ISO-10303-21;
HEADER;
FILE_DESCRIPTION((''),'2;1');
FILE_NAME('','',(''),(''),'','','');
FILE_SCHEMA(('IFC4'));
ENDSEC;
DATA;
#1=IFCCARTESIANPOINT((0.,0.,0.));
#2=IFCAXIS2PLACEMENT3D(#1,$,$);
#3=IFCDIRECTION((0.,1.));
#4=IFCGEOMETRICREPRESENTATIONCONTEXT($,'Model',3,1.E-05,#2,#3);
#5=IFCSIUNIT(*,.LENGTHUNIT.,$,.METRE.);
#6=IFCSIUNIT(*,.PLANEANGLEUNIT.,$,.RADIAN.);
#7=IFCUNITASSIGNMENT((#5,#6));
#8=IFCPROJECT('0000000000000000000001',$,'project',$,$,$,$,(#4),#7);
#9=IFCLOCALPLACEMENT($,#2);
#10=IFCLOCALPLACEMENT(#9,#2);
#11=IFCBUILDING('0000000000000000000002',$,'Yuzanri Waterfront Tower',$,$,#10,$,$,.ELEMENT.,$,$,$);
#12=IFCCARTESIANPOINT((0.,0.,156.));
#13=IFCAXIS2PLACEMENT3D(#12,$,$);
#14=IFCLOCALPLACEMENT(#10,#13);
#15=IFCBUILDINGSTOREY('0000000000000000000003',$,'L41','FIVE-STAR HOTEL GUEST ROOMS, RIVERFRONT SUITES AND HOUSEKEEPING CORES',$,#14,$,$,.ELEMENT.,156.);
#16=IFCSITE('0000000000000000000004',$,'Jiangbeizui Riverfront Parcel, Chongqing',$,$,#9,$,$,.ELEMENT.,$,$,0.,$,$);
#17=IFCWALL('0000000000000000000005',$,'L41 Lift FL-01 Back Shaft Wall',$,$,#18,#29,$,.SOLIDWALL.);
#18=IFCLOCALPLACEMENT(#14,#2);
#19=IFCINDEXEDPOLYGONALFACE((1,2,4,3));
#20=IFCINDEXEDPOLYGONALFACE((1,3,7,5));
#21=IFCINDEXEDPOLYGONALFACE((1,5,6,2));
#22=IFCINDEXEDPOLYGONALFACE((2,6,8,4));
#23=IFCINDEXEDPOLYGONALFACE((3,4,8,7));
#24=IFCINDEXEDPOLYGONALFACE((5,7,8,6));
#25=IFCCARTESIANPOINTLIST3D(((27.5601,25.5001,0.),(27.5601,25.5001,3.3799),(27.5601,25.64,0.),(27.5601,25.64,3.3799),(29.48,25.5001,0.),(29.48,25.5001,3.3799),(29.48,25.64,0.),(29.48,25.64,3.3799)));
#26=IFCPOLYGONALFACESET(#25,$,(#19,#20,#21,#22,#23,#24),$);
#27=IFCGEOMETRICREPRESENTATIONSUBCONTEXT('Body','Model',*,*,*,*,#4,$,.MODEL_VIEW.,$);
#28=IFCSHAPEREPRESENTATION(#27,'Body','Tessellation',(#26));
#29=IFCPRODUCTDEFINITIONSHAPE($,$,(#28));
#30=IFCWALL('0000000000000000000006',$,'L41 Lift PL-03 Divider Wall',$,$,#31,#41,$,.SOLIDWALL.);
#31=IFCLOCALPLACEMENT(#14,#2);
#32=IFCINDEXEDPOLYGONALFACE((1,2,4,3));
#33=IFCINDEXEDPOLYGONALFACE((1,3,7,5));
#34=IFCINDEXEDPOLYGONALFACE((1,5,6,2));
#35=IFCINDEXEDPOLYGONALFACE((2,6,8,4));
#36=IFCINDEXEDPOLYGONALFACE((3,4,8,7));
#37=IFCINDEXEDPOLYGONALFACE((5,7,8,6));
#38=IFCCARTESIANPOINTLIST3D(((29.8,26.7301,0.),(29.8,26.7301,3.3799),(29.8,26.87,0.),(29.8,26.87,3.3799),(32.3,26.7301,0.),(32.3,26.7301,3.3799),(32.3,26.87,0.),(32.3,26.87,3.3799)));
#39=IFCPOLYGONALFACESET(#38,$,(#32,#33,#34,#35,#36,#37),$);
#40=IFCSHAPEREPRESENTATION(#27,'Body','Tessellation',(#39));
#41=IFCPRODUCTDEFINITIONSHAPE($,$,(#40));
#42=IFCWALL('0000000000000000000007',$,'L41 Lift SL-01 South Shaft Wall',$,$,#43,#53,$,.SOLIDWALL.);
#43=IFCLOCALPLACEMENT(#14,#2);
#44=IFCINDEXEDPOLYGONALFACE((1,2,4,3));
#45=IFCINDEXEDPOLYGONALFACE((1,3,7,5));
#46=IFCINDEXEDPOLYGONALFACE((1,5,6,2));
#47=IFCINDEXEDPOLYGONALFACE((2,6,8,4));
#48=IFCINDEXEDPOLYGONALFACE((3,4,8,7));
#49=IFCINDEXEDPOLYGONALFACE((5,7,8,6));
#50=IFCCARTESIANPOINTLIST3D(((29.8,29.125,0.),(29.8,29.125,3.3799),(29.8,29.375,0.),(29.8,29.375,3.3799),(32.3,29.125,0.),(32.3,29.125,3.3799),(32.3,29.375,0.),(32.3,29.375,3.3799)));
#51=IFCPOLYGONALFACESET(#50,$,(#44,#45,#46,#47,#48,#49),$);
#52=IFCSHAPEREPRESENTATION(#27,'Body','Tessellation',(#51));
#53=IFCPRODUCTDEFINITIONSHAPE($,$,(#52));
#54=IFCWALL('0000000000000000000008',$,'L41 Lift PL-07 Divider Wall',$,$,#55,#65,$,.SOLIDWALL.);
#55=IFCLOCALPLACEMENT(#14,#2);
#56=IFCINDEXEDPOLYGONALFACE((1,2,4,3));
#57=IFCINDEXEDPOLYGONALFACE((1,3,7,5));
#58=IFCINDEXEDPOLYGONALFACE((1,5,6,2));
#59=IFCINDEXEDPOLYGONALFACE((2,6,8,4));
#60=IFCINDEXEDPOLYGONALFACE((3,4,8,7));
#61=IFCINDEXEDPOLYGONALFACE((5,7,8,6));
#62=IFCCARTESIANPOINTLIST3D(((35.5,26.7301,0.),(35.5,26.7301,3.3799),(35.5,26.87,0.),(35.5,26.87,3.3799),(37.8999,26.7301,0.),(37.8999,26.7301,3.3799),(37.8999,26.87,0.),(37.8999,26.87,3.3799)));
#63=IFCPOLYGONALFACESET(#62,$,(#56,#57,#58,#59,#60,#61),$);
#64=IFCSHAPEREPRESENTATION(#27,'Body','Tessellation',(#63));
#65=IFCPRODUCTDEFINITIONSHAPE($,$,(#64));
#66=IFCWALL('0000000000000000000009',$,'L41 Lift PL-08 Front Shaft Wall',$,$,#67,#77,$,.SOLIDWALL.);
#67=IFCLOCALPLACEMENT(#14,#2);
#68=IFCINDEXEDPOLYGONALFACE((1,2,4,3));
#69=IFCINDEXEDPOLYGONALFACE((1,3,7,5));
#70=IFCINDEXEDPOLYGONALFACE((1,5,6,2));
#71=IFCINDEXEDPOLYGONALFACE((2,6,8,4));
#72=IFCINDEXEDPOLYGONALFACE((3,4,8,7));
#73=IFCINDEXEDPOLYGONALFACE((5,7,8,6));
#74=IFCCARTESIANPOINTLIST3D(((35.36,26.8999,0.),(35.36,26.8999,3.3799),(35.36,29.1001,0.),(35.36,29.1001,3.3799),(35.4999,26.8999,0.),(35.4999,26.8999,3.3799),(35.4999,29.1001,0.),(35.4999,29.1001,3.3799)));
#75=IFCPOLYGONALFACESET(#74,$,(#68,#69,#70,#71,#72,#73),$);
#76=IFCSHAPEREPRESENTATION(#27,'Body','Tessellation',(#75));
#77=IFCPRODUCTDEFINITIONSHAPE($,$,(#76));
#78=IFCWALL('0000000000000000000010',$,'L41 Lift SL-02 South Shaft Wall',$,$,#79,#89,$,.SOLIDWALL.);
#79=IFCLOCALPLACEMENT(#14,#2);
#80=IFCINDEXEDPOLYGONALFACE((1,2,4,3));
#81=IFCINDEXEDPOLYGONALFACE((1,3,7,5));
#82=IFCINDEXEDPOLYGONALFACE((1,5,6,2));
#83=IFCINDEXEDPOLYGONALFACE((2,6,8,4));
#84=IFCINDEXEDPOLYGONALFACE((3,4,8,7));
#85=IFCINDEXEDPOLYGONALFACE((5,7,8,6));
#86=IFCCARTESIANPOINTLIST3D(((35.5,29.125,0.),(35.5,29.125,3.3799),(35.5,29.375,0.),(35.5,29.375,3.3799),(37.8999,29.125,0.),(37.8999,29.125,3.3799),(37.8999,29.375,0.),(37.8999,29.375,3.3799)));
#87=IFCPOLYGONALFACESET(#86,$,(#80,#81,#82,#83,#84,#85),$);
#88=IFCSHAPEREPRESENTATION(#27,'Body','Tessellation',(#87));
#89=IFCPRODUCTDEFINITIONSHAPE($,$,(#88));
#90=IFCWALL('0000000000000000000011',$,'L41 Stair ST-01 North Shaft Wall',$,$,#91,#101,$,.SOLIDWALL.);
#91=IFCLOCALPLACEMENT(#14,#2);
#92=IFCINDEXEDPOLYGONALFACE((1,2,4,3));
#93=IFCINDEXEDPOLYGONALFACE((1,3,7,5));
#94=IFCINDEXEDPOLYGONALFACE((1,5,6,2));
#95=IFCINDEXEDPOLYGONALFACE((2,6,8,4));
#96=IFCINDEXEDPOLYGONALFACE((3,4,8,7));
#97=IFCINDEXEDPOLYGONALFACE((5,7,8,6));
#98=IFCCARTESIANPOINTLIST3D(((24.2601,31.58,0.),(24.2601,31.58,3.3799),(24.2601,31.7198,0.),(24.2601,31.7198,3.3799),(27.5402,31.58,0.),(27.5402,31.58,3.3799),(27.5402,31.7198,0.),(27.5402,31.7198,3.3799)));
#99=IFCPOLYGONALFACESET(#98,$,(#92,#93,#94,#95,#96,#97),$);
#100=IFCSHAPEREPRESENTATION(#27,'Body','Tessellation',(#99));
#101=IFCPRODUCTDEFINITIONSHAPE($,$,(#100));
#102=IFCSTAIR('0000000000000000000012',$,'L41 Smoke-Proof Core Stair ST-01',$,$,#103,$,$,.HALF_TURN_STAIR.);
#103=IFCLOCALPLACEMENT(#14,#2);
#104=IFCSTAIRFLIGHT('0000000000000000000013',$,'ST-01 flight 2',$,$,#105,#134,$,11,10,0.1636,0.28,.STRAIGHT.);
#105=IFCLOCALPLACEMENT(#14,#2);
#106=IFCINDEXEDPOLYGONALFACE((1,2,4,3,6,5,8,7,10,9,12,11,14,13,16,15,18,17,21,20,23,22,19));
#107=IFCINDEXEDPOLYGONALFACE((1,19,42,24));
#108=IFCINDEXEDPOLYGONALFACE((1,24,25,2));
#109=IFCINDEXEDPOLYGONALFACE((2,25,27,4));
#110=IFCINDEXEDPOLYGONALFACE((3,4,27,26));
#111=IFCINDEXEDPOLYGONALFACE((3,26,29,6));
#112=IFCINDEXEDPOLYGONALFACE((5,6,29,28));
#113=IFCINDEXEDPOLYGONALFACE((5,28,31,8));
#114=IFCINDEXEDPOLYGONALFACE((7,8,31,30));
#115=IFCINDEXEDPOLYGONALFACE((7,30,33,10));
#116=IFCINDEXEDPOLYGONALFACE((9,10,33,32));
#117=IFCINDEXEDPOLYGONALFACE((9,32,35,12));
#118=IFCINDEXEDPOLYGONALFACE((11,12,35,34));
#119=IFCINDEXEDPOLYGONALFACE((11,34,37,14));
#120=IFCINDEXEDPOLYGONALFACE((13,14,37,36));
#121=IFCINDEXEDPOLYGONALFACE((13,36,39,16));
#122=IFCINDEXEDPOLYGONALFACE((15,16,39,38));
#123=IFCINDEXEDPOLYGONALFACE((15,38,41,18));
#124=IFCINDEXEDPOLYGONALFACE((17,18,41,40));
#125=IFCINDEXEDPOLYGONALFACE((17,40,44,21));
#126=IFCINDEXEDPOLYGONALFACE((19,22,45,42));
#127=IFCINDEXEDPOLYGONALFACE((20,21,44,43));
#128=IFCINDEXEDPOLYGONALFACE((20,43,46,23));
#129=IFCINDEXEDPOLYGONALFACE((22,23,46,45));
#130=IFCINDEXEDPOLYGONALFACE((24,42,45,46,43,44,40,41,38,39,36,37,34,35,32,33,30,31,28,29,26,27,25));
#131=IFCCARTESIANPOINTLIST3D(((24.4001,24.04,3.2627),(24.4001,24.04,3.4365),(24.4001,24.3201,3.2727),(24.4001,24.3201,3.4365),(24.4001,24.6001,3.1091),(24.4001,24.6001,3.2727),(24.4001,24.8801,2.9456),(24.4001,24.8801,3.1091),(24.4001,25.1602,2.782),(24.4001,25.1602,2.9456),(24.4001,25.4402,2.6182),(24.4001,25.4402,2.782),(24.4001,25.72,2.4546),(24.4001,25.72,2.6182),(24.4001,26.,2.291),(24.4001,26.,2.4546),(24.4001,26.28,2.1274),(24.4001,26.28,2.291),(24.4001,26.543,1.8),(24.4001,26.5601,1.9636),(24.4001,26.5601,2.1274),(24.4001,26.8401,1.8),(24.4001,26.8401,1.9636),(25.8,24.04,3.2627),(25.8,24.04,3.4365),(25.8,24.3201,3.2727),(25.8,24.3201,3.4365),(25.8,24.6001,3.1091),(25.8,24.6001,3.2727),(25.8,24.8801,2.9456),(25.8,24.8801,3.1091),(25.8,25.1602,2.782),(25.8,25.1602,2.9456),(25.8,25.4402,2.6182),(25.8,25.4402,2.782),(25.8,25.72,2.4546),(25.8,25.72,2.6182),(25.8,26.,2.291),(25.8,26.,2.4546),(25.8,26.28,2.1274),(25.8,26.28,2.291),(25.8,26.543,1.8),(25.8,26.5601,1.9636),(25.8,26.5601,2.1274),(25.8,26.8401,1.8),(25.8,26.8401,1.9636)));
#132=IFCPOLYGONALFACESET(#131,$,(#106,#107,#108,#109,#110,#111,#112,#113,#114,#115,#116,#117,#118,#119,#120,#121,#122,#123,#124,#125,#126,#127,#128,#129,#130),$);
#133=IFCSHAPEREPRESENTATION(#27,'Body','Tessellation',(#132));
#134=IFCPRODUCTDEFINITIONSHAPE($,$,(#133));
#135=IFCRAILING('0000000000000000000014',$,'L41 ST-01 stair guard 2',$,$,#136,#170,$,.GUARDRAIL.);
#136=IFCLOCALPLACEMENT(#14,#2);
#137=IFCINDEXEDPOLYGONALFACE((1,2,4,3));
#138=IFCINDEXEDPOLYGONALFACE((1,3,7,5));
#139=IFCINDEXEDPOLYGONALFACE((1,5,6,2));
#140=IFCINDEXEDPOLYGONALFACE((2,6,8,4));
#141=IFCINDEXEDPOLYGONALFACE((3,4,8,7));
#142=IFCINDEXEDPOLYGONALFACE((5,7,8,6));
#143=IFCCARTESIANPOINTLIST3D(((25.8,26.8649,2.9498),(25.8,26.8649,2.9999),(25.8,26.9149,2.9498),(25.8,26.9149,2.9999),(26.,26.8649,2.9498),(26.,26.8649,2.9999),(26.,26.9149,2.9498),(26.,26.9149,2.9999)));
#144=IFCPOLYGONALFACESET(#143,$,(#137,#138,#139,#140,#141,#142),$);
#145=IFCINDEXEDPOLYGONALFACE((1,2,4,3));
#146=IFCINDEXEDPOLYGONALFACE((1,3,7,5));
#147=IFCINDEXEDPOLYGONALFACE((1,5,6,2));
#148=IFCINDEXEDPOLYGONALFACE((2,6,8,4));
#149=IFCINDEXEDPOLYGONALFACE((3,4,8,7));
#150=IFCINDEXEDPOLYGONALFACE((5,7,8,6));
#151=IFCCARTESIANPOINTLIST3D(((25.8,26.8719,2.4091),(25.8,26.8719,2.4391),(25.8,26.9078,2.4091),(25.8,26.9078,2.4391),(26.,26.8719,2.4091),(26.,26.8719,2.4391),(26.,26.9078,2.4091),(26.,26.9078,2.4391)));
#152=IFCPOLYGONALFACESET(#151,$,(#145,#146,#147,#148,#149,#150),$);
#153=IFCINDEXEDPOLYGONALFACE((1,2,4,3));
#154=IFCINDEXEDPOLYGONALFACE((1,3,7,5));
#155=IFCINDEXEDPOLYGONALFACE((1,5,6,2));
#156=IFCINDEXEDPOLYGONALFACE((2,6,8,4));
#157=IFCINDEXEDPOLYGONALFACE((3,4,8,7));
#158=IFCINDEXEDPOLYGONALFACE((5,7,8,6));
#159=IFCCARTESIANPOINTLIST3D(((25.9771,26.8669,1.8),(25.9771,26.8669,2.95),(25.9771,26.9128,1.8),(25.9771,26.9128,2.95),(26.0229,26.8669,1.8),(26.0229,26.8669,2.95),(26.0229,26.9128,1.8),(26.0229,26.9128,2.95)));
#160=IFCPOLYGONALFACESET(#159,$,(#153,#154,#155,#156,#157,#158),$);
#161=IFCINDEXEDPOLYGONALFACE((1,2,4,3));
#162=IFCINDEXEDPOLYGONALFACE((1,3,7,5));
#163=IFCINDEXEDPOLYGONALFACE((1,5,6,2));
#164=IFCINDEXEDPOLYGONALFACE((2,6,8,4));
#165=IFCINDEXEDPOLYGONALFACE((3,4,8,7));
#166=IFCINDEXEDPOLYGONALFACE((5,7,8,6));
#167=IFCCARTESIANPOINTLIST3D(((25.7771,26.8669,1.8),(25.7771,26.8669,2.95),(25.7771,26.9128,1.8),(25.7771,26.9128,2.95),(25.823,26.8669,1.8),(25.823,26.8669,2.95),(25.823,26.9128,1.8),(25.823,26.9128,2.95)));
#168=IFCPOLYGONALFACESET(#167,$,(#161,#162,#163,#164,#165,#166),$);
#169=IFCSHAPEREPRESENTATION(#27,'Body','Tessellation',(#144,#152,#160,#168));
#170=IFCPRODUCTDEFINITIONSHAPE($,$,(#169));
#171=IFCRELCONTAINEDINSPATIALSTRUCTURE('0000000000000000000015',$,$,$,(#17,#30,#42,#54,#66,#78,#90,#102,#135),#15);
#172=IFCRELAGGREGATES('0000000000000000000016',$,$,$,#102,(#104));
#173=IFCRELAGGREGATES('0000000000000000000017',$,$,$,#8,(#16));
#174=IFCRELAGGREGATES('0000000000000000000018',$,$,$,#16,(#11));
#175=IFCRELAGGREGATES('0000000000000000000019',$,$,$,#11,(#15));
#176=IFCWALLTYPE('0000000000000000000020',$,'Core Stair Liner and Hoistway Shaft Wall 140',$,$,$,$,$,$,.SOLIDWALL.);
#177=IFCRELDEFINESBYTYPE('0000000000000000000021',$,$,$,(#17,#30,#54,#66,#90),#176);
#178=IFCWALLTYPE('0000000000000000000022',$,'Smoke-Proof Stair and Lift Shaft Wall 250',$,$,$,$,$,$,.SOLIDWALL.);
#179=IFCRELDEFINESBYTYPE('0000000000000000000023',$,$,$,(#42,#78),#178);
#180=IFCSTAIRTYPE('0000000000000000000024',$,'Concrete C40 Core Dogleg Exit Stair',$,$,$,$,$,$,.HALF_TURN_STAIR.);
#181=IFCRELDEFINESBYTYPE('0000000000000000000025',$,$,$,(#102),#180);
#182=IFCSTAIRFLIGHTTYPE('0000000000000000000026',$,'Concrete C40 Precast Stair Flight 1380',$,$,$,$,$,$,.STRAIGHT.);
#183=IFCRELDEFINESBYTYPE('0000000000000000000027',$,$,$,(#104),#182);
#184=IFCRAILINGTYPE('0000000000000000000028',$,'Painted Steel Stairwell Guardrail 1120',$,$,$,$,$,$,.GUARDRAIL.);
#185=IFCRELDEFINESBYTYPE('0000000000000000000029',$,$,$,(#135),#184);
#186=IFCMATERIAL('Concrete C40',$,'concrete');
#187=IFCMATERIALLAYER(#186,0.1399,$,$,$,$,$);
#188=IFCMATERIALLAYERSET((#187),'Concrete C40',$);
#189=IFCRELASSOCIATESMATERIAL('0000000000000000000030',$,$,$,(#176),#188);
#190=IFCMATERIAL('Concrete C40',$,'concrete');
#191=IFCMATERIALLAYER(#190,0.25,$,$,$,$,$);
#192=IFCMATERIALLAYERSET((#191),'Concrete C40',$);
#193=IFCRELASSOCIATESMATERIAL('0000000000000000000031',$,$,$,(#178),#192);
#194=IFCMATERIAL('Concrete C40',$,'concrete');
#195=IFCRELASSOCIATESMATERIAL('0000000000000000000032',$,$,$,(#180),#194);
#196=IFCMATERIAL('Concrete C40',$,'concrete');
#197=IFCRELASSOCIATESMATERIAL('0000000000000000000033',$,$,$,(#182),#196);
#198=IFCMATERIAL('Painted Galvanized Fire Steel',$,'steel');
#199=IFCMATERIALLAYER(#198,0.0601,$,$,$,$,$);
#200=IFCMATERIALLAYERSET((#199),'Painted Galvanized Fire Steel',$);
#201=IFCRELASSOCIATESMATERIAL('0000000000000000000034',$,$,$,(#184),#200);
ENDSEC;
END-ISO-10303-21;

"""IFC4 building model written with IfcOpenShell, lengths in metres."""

from ifc_helpers import new_model, si_unit, direction, frame, frame_2d, origin, origin_2d, place, context, subcontext, project, spatial, polyline, rectangle, outline, extrude, source, transform, mapped, material, layer, layer_set, type_object, element, aggregate, save


model = new_model("IFC4")

# Units and contexts
model_context = context("Model", 3, precision=1e-05, world=origin(), true_north=direction((0.0, 1.0)))
body_context = subcontext(model_context, "Body", "Model", "MODEL_VIEW")
ifc_project = project(units=[si_unit("LENGTHUNIT", "METRE"), si_unit("PLANEANGLEUNIT", "RADIAN")], contexts=[model_context])

# Site, building, storey
site_placement = place(None, origin())
site = spatial("IfcSite", under=ifc_project, at=site_placement, Name="Jiangbeizui Riverfront Parcel, Chongqing", CompositionType="ELEMENT", RefElevation=0.0)
building_placement = place(site_placement, origin())
building = spatial("IfcBuilding", under=site, at=building_placement, Name="Yuzanri Waterfront Tower", CompositionType="ELEMENT")
storey_placement = place(building_placement, frame((0.0, 0.0, 156.0)))
storey = spatial("IfcBuildingStorey", under=building, at=storey_placement, Name="L41", Description="FIVE-STAR HOTEL GUEST ROOMS, RIVERFRONT SUITES AND HOUSEKEEPING CORES", CompositionType="ELEMENT", Elevation=156.0)

# Shared definitions
ifc_material_1 = material(Name="Concrete C40", Category="concrete")
ifc_layer_1 = layer(ifc_material_1, 0.1399)
ifc_layer_set_1 = layer_set([ifc_layer_1], Name="Concrete C40")
wall_type_1 = type_object("IfcWallType", Name="Core Stair Liner and Hoistway Shaft Wall 140", PredefinedType="SOLIDWALL", material=ifc_layer_set_1)

# Walls
shared_shape_1 = source(origin(), body_context, "Body", "SweptSolid", [
    extrude(rectangle(XDim=1.9199, YDim=0.1399, at=frame_2d((0.96, 0.0))), origin(), (0.0, 0.0, 1.0), 3.3799),
])
wall_1_placement = place(storey_placement, frame((27.5601, 25.5701, 0.0), z_axis=(0.0, 0.0, 1.0), x_axis=(1.0, 0.0, 0.0)))
element("IfcWall", 1, at=wall_1_placement, inside=storey, type_object=wall_type_1, Name="L41 Lift FL-01 Back Shaft Wall", PredefinedType="SOLIDWALL", context=body_context, shape_type="MappedRepresentation", body=[
    mapped(shared_shape_1, transform((0.0, 0.0, 0.0), scale=1.0)),
])
shared_shape_2 = source(origin(), body_context, "Body", "SweptSolid", [
    extrude(rectangle(XDim=2.5, YDim=0.1399, at=frame_2d((1.25, 0.0))), origin(), (0.0, 0.0, 1.0), 3.3799),
])
wall_2_placement = place(storey_placement, frame((29.8, 26.8, 0.0), z_axis=(0.0, 0.0, 1.0), x_axis=(1.0, 0.0, 0.0)))
element("IfcWall", 2, at=wall_2_placement, inside=storey, type_object=wall_type_1, Name="L41 Lift PL-03 Divider Wall", PredefinedType="SOLIDWALL", context=body_context, shape_type="MappedRepresentation", body=[
    mapped(shared_shape_2, transform((0.0, 0.0, 0.0), scale=1.0)),
])
ifc_material_2 = material(Name="Concrete C40", Category="concrete")
ifc_layer_2 = layer(ifc_material_2, 0.25)
ifc_layer_set_2 = layer_set([ifc_layer_2], Name="Concrete C40")
wall_type_2 = type_object("IfcWallType", Name="Smoke-Proof Stair and Lift Shaft Wall 250", PredefinedType="SOLIDWALL", material=ifc_layer_set_2)
shared_shape_3 = source(origin(), body_context, "Body", "SweptSolid", [
    extrude(rectangle(XDim=2.5, YDim=0.25, at=frame_2d((1.25, 0.0))), origin(), (0.0, 0.0, 1.0), 3.3799),
])
wall_3_placement = place(storey_placement, frame((29.8, 29.25, 0.0), z_axis=(0.0, 0.0, 1.0), x_axis=(1.0, 0.0, 0.0)))
element("IfcWall", 3, at=wall_3_placement, inside=storey, type_object=wall_type_2, Name="L41 Lift SL-01 South Shaft Wall", PredefinedType="SOLIDWALL", context=body_context, shape_type="MappedRepresentation", body=[
    mapped(shared_shape_3, transform((0.0, 0.0, 0.0), scale=1.0)),
])
shared_shape_4 = source(origin(), body_context, "Body", "SweptSolid", [
    extrude(rectangle(XDim=2.3999, YDim=0.1399, at=frame_2d((1.2, 0.0))), origin(), (0.0, 0.0, 1.0), 3.3799),
])
wall_4_placement = place(storey_placement, frame((35.5, 26.8, 0.0), z_axis=(0.0, 0.0, 1.0), x_axis=(1.0, 0.0, 0.0)))
element("IfcWall", 4, at=wall_4_placement, inside=storey, type_object=wall_type_1, Name="L41 Lift PL-07 Divider Wall", PredefinedType="SOLIDWALL", context=body_context, shape_type="MappedRepresentation", body=[
    mapped(shared_shape_4, transform((0.0, 0.0, 0.0), scale=1.0)),
])
shared_shape_5 = source(origin(), body_context, "Body", "SweptSolid", [
    extrude(rectangle(XDim=2.2002, YDim=0.1399, at=frame_2d((1.1001, 0.0))), origin(), (0.0, 0.0, 1.0), 3.3799),
])
wall_5_placement = place(storey_placement, frame((35.4299, 26.8999, 0.0), z_axis=(0.0, 0.0, 1.0), x_axis=(0.0, 1.0, 0.0)))
element("IfcWall", 5, at=wall_5_placement, inside=storey, type_object=wall_type_1, Name="L41 Lift PL-08 Front Shaft Wall", PredefinedType="SOLIDWALL", context=body_context, shape_type="MappedRepresentation", body=[
    mapped(shared_shape_5, transform((0.0, 0.0, 0.0), scale=1.0)),
])
shared_shape_6 = source(origin(), body_context, "Body", "SweptSolid", [
    extrude(rectangle(XDim=2.3999, YDim=0.25, at=frame_2d((1.2, 0.0))), origin(), (0.0, 0.0, 1.0), 3.3799),
])
wall_6_placement = place(storey_placement, frame((35.5, 29.25, 0.0), z_axis=(0.0, 0.0, 1.0), x_axis=(1.0, 0.0, 0.0)))
element("IfcWall", 6, at=wall_6_placement, inside=storey, type_object=wall_type_2, Name="L41 Lift SL-02 South Shaft Wall", PredefinedType="SOLIDWALL", context=body_context, shape_type="MappedRepresentation", body=[
    mapped(shared_shape_6, transform((0.0, 0.0, 0.0), scale=1.0)),
])
shared_shape_7 = source(origin(), body_context, "Body", "SweptSolid", [
    extrude(rectangle(XDim=3.28, YDim=0.1399, at=frame_2d((1.6401, 0.0))), origin(), (0.0, 0.0, 1.0), 3.3799),
])
wall_7_placement = place(storey_placement, frame((24.26, 31.6499, 0.0), z_axis=(0.0, 0.0, 1.0), x_axis=(1.0, 0.0, 0.0)))
element("IfcWall", 7, at=wall_7_placement, inside=storey, type_object=wall_type_1, Name="L41 Stair ST-01 North Shaft Wall", PredefinedType="SOLIDWALL", context=body_context, shape_type="MappedRepresentation", body=[
    mapped(shared_shape_7, transform((0.0, 0.0, 0.0), scale=1.0)),
])

# Stair, stair flight
ifc_material_3 = material(Name="Concrete C40", Category="concrete")
stair_type = type_object("IfcStairType", Name="Concrete C40 Core Dogleg Exit Stair", PredefinedType="HALF_TURN_STAIR", material=ifc_material_3)
stair_placement = place(storey_placement, origin())
stair = element("IfcStair", 8, at=stair_placement, inside=storey, type_object=stair_type, Name="L41 Smoke-Proof Core Stair ST-01", PredefinedType="HALF_TURN_STAIR")
ifc_material_4 = material(Name="Concrete C40", Category="concrete")
stair_flight_type = type_object("IfcStairFlightType", Name="Concrete C40 Precast Stair Flight 1380", PredefinedType="STRAIGHT", material=ifc_material_4)
shared_shape_8 = source(origin(), body_context, "Body", "SweptSolid", [
    extrude(outline(polyline([(0.0, 0.0), (0.0, 0.1636), (0.28, 0.1636), (0.28, 0.3274), (0.5601, 0.3274), (0.5601, 0.491), (0.8401, 0.491), (0.8401, 0.6545), (1.1201, 0.6545), (1.1201, 0.8181), (1.3999, 0.8181), (1.3999, 0.9819), (1.6799, 0.9819), (1.6799, 1.1455), (1.96, 1.1455), (1.96, 1.3091), (2.24, 1.3091), (2.24, 1.4727), (2.52, 1.4727), (2.52, 1.6365), (2.8, 1.6365), (2.8, 1.8), (2.8, 1.4626), (0.2971, 0.0), (0.0, 0.0)])), frame((0.0, 0.7, 0.0), z_axis=(0.0, -1.0, 0.0), x_axis=(1.0, 0.0, 0.0)), (0.0, 0.0, 1.0), 1.3999),
])
stair_flight_placement = place(storey_placement, frame((25.1001, 26.8401, 1.8), z_axis=(0.0, 0.0, 1.0), x_axis=(0.0, -1.0, 0.0)))
stair_flight = element("IfcStairFlight", 9, at=stair_flight_placement, type_object=stair_flight_type, Name="ST-01 flight 2", NumberOfRisers=11, NumberOfTreads=10, PredefinedType="STRAIGHT", RiserHeight=0.1636, TreadLength=0.28, context=body_context, shape_type="MappedRepresentation", body=[
    mapped(shared_shape_8, transform((0.0, 0.0, 0.0), scale=1.0)),
])
aggregate(stair, [stair_flight])

# Railing
ifc_material_5 = material(Name="Painted Galvanized Fire Steel", Category="steel")
ifc_layer_3 = layer(ifc_material_5, 0.0601)
ifc_layer_set_3 = layer_set([ifc_layer_3], Name="Painted Galvanized Fire Steel")
railing_type_1 = type_object("IfcRailingType", Name="Painted Steel Stairwell Guardrail 1120", PredefinedType="GUARDRAIL", material=ifc_layer_set_3)
shared_shape_9 = source(origin(), body_context, "Body", "SweptSolid", [
    extrude(rectangle(XDim=0.05, YDim=0.05, at=origin_2d()), frame((0.0, 0.0, 1.1748), z_axis=(-1.0, 0.0, 0.0), x_axis=(0.0, -1.0, 0.0)), (0.0, 0.0, 1.0), 0.2),
    extrude(rectangle(XDim=0.0359, YDim=0.03, at=origin_2d()), frame((0.0, 0.0, 0.624), z_axis=(-1.0, 0.0, 0.0), x_axis=(0.0, -1.0, 0.0)), (0.0, 0.0, 1.0), 0.2),
    extrude(rectangle(XDim=0.0459, YDim=0.0459, at=origin_2d()), origin(), (0.0, 0.0, 1.0), 1.1499),
    extrude(rectangle(XDim=0.0459, YDim=0.0459, at=origin_2d()), frame((-0.2, 0.0, 0.0)), (0.0, 0.0, 1.0), 1.1499),
])
railing_1_placement = place(storey_placement, frame((26.0, 26.8899, 1.8)))
element("IfcRailing", 10, at=railing_1_placement, inside=storey, type_object=railing_type_1, Name="L41 ST-01 stair guard 2", PredefinedType="GUARDRAIL", context=body_context, shape_type="MappedRepresentation", body=[
    mapped(shared_shape_9, transform((0.0, 0.0, 0.0), scale=1.0)),
])

save(model, "model.ifc")
